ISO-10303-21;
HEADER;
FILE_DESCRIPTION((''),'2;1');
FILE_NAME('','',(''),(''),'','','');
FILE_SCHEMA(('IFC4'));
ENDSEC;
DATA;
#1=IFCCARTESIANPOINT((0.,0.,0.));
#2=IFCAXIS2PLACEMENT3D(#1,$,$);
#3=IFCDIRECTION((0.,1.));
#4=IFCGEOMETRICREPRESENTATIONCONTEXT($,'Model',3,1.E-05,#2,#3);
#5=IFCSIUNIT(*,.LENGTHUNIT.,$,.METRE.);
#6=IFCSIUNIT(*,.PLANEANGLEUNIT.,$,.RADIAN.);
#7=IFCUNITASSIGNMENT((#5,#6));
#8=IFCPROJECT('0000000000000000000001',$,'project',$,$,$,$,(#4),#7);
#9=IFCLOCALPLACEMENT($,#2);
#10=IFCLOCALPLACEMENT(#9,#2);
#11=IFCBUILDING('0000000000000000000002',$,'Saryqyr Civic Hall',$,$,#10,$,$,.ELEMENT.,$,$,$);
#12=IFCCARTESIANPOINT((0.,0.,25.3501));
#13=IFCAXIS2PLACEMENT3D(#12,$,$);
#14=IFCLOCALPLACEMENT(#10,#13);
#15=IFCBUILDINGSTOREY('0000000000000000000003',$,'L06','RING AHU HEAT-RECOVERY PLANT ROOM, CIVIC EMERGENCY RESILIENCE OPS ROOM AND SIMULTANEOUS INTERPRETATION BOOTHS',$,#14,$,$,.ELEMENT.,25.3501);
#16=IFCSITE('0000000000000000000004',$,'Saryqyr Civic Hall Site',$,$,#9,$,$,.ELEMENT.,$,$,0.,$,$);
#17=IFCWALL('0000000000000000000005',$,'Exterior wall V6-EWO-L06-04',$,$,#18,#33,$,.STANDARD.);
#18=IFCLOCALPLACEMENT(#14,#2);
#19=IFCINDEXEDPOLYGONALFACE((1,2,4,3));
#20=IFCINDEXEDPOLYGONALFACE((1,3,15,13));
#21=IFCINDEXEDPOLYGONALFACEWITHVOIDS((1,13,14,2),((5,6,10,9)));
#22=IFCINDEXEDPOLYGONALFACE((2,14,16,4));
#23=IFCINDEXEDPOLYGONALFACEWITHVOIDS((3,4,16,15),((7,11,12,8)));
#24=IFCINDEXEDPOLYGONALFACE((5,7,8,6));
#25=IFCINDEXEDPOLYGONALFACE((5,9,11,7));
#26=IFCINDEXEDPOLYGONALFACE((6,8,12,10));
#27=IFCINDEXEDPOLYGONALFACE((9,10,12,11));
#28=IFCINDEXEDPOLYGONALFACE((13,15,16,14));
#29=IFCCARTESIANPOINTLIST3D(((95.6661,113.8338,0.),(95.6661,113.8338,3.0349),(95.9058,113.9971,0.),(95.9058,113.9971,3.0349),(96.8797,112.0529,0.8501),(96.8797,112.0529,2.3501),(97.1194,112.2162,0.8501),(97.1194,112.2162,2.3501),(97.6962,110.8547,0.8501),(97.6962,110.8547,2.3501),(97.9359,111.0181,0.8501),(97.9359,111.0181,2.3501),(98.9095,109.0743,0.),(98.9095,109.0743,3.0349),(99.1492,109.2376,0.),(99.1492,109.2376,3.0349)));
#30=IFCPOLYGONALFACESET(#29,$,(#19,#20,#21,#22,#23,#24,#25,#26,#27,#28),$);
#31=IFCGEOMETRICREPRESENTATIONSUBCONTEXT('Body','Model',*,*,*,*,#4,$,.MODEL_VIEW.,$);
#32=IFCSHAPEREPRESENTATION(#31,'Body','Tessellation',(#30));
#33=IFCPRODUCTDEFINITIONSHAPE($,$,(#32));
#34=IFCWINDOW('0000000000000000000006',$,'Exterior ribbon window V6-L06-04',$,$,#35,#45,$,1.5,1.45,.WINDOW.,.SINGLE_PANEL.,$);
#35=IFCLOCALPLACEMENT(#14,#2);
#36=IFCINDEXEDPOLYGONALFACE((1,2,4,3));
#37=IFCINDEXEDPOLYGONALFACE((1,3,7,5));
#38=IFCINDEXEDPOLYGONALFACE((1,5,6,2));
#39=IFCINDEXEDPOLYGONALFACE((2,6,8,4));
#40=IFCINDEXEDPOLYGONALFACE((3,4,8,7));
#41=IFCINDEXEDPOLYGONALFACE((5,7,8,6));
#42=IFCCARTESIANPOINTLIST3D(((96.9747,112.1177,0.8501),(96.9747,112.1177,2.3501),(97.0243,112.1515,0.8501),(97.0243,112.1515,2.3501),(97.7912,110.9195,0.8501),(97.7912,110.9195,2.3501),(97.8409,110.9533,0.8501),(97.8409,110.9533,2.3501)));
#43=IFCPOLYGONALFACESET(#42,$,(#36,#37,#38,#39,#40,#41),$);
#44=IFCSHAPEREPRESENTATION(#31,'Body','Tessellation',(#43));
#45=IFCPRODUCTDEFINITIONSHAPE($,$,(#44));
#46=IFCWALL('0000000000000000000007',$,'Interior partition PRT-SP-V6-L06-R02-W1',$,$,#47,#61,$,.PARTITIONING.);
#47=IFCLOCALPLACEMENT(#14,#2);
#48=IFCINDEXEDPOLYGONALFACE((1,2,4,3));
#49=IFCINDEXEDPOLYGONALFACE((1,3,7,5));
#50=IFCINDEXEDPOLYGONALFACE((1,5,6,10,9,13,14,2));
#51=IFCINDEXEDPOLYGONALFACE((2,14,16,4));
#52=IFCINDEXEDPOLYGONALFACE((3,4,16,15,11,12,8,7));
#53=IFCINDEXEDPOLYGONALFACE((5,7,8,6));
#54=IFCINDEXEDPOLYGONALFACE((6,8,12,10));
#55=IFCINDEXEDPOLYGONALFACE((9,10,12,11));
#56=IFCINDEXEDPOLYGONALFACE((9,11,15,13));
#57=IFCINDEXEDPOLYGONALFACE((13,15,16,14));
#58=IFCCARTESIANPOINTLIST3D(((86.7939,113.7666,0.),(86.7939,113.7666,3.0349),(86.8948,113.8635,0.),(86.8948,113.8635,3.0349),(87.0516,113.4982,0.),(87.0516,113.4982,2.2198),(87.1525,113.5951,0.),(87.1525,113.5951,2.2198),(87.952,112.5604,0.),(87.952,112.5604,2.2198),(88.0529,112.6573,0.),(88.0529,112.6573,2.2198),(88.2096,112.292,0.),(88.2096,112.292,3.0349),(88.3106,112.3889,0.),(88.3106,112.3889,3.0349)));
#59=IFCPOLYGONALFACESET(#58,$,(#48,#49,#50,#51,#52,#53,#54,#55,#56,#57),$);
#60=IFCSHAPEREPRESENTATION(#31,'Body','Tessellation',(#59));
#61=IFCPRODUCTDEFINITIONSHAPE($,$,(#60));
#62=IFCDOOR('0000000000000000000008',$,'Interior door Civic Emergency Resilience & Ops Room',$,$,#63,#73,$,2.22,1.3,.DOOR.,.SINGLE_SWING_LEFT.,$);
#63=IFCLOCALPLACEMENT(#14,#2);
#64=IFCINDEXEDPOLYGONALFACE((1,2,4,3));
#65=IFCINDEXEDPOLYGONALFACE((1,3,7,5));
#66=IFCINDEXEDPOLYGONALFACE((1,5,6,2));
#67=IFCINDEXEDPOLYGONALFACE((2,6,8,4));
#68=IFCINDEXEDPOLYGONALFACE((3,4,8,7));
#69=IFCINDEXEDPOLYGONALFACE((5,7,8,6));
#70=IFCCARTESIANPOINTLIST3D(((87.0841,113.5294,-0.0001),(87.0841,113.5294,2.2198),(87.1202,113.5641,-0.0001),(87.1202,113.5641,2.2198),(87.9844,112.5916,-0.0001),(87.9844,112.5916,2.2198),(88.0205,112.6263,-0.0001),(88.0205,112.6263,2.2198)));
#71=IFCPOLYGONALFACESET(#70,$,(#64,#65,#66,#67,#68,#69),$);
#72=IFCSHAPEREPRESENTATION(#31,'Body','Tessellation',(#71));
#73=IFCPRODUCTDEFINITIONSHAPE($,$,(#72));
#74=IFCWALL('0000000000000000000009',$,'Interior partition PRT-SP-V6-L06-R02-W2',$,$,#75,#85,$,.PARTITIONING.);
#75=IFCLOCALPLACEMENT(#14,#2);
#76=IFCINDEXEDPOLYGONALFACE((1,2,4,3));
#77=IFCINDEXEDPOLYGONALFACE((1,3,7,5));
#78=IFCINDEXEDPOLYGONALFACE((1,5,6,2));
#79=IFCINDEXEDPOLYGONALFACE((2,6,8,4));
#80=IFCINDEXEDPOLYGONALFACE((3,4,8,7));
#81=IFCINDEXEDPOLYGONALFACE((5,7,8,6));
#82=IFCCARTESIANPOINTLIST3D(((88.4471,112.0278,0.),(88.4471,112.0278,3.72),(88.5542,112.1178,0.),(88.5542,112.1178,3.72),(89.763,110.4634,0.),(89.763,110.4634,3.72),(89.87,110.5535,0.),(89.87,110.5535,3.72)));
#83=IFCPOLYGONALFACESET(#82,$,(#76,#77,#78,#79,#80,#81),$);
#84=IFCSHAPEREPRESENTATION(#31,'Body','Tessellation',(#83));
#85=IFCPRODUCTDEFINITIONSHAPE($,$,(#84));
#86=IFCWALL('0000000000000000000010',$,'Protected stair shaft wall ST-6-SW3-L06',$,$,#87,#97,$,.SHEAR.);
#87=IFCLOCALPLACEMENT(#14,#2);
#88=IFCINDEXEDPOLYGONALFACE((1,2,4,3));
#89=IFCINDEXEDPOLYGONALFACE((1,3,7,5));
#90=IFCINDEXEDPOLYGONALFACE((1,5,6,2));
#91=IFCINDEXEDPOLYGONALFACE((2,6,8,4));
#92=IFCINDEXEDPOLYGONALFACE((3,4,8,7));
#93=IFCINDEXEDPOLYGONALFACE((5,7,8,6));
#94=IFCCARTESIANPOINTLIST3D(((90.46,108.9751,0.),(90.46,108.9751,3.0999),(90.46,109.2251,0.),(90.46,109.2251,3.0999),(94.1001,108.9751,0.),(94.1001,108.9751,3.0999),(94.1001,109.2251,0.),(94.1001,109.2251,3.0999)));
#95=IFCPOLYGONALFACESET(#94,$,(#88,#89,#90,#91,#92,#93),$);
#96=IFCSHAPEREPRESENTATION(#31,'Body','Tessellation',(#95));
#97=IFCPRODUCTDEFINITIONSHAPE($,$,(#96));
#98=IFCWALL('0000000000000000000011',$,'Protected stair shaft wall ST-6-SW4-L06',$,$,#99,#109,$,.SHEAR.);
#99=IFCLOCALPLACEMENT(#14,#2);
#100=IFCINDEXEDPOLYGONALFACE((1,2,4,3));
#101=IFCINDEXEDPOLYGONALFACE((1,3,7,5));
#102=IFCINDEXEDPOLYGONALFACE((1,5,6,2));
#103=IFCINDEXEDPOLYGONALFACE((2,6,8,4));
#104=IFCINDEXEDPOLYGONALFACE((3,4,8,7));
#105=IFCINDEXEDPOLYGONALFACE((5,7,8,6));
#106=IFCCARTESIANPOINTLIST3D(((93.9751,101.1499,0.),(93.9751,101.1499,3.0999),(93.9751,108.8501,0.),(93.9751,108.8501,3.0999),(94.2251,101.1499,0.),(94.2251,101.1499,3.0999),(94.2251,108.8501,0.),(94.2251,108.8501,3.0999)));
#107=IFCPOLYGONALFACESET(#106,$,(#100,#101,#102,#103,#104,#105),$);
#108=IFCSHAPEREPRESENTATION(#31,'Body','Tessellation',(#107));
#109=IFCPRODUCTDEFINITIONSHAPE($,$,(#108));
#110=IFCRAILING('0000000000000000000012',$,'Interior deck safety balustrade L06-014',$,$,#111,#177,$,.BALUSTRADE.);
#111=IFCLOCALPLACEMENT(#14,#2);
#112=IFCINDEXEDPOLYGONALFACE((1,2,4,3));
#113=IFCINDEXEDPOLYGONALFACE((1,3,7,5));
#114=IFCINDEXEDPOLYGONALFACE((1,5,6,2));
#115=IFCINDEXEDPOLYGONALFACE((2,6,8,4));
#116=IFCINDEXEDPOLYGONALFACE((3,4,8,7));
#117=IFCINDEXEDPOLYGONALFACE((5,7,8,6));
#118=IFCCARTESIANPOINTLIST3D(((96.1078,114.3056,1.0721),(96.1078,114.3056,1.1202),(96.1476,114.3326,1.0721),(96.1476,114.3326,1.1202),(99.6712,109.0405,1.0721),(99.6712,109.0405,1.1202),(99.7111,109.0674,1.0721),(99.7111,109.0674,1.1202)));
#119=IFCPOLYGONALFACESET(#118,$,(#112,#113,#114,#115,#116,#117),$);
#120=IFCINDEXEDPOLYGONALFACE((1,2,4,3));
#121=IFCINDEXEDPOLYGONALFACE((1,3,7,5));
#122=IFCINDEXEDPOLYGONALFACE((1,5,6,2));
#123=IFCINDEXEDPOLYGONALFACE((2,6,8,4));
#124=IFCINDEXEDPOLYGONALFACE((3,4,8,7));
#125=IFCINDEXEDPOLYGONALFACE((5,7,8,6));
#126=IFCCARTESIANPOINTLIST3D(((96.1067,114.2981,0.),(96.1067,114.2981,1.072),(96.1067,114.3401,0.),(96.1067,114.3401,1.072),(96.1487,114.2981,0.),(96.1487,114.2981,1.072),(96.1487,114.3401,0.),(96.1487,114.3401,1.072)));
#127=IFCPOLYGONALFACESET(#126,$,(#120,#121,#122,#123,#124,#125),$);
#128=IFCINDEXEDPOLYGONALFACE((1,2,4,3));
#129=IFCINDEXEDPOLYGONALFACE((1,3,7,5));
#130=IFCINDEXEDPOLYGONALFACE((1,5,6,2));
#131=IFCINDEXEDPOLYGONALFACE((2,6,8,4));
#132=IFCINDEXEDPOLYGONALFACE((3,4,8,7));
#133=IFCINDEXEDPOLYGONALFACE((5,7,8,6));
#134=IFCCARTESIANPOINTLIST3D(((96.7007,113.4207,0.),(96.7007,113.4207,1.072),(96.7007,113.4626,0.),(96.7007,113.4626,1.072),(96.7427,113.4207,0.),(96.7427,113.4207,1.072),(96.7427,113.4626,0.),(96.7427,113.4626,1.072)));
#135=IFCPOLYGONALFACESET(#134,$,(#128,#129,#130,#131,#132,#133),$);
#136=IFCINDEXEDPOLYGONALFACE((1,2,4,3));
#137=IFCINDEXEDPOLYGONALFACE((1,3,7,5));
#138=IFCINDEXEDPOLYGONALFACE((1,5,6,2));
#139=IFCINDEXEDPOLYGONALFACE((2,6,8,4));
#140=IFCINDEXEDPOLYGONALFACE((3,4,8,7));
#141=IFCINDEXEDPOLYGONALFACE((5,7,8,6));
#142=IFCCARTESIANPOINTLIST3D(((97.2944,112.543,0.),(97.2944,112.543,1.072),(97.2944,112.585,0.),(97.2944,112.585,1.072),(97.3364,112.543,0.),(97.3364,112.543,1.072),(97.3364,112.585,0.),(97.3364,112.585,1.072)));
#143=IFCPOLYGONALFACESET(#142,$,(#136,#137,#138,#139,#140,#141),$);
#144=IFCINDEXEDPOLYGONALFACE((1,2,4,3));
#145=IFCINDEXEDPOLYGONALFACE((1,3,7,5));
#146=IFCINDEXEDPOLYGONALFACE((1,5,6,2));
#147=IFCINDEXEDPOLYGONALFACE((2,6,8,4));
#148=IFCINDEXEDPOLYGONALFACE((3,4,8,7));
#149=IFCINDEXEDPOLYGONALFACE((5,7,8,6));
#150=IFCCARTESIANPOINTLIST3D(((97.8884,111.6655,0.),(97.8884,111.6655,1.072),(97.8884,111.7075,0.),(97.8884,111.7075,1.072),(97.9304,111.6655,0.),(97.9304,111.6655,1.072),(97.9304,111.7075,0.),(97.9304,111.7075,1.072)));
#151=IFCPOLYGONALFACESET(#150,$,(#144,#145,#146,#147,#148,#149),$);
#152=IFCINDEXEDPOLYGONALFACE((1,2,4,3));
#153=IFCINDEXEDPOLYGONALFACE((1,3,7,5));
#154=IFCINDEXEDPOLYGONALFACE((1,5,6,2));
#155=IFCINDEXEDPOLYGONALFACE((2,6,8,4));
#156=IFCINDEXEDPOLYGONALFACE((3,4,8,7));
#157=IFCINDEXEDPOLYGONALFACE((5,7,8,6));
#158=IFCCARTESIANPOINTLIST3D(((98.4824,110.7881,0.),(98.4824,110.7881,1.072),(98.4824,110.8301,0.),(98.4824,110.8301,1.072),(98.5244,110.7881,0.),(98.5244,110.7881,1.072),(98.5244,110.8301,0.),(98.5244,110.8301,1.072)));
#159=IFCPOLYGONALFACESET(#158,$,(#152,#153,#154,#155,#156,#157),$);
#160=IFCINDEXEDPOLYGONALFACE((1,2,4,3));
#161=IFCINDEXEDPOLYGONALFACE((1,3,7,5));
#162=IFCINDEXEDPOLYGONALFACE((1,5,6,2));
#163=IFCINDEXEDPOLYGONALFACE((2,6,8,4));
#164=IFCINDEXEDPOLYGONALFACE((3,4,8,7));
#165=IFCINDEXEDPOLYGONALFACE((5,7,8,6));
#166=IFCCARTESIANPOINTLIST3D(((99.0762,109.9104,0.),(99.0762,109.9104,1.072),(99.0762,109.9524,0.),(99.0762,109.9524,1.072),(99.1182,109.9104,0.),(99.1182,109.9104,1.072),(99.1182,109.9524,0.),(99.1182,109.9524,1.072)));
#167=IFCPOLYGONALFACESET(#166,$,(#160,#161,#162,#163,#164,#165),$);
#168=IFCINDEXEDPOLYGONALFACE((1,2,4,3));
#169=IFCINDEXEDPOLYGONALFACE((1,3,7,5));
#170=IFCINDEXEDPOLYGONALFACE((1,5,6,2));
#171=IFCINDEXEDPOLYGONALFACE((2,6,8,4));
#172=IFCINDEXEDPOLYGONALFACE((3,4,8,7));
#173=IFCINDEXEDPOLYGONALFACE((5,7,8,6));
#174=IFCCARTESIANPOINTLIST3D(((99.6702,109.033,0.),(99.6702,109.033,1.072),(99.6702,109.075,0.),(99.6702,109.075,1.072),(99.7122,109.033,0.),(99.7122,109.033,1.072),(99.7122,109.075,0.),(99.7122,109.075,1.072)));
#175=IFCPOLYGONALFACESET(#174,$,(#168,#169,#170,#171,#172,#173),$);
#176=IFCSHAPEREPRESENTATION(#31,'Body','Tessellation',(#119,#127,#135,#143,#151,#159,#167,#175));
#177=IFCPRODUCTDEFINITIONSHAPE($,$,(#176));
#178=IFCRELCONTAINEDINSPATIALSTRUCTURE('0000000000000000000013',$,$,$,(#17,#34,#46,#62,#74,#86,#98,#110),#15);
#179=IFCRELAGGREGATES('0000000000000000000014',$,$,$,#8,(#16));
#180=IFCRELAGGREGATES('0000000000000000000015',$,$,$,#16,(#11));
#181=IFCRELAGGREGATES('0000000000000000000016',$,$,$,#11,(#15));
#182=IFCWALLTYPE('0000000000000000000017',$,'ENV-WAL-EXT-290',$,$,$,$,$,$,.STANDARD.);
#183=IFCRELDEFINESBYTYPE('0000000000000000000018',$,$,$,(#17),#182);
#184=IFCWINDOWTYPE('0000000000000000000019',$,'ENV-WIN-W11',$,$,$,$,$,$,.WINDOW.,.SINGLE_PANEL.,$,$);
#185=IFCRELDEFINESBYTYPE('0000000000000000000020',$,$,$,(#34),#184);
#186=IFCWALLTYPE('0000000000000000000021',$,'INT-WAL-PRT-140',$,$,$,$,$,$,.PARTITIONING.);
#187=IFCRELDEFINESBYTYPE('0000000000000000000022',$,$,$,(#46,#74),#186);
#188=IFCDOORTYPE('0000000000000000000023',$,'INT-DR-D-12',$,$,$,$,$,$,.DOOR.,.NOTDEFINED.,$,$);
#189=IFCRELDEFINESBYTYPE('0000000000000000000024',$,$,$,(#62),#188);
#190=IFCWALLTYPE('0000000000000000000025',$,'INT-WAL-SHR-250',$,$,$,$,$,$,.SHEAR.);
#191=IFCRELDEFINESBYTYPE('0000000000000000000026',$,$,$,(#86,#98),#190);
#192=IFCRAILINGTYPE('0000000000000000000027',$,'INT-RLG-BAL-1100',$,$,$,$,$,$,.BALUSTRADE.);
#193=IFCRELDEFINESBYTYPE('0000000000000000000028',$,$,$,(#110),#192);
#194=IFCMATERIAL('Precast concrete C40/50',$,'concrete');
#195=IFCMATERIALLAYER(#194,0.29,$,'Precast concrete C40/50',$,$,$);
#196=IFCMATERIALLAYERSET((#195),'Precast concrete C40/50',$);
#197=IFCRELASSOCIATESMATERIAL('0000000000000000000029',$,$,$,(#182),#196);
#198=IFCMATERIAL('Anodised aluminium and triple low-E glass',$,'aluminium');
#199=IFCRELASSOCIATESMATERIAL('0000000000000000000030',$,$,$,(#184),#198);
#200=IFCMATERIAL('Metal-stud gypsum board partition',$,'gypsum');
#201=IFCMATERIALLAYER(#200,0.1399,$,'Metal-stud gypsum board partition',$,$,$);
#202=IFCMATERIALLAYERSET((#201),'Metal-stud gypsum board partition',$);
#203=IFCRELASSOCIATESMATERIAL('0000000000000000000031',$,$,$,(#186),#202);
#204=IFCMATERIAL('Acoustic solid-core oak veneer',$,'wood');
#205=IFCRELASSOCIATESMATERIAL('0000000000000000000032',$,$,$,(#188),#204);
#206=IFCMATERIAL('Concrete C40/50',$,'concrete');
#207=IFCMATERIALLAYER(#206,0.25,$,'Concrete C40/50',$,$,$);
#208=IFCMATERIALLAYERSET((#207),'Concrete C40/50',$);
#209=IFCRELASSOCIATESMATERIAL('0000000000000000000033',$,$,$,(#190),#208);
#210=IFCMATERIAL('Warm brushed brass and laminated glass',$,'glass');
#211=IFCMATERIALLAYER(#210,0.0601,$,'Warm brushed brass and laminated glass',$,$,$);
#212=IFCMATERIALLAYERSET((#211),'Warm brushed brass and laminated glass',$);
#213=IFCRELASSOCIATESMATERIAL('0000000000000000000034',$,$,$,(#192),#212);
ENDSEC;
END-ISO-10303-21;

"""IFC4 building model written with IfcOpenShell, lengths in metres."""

from ifc_helpers import new_model, si_unit, direction, frame, frame_2d, origin, origin_2d, place, context, subcontext, project, spatial, rectangle, extrude, material, layer, layer_set, type_object, element, fill, save


model = new_model("IFC4")

# Units and contexts
model_context = context("Model", 3, precision=1e-05, world=origin(), true_north=direction((0.0, 1.0)))
body_context = subcontext(model_context, "Body", "Model", "MODEL_VIEW")
ifc_project = project(units=[si_unit("LENGTHUNIT", "METRE"), si_unit("PLANEANGLEUNIT", "RADIAN")], contexts=[model_context])

# Site, building, storey
site_placement = place(None, origin())
site = spatial("IfcSite", under=ifc_project, at=site_placement, Name="Saryqyr Civic Hall Site", CompositionType="ELEMENT", RefElevation=0.0)
building_placement = place(site_placement, origin())
building = spatial("IfcBuilding", under=site, at=building_placement, Name="Saryqyr Civic Hall", CompositionType="ELEMENT")
storey_placement = place(building_placement, frame((0.0, 0.0, 25.3501)))
storey = spatial("IfcBuildingStorey", under=building, at=storey_placement, Name="L06", Description="RING AHU HEAT-RECOVERY PLANT ROOM, CIVIC EMERGENCY RESILIENCE OPS ROOM AND SIMULTANEOUS INTERPRETATION BOOTHS", CompositionType="ELEMENT", Elevation=25.3501)

# Shared definitions
ifc_material_1 = material(Name="Concrete C40/50", Category="concrete")

# Shared definitions
ifc_material_2 = material(Name="Anodised aluminium and triple low-E glass", Category="aluminium")

# Wall, opening, window
ifc_material_3 = material(Name="Precast concrete C40/50", Category="concrete")
ifc_layer_1 = layer(ifc_material_3, 0.29, Name="Precast concrete C40/50")
ifc_layer_set_1 = layer_set([ifc_layer_1], Name="Precast concrete C40/50")
wall_type_1 = type_object("IfcWallType", Name="ENV-WAL-EXT-290", PredefinedType="STANDARD", material=ifc_layer_set_1)
wall_1_placement = place(storey_placement, frame((95.7859, 113.9155, 0.0), z_axis=(0.0, 0.0, 1.0), x_axis=(0.563133, -0.826366, 0.0)))
wall_1 = element("IfcWall", 1, at=wall_1_placement, inside=storey, type_object=wall_type_1, Name="Exterior wall V6-EWO-L06-04", PredefinedType="STANDARD", context=body_context, shape_type="SweptSolid", body=[
    extrude(rectangle(XDim=5.7595, YDim=0.29, at=frame_2d((2.8799, 0.0))), origin(), (0.0, 0.0, 1.0), 3.0349),
])
opening_1_placement = place(wall_1_placement, frame((2.155, 0.0, 0.8501)))
opening_1 = element("IfcOpeningElement", 2, at=opening_1_placement, cuts=wall_1, PredefinedType="OPENING", context=body_context, shape_type="SweptSolid", body=[
    extrude(rectangle(XDim=1.45, YDim=1.5, at=frame_2d((0.7251, 0.75))), frame((0.0, 0.155, 0.0), z_axis=(0.0, -1.0, 0.0), x_axis=(1.0, 0.0, 0.0)), (0.0, 0.0, 1.0), 0.3101),
])
window_type = type_object("IfcWindowType", Name="ENV-WIN-W11", PartitioningType="SINGLE_PANEL", PredefinedType="WINDOW", material=ifc_material_2)
window_placement = place(opening_1_placement, origin())
window = element("IfcWindow", 3, at=window_placement, inside=storey, type_object=window_type, Name="Exterior ribbon window V6-L06-04", OverallHeight=1.5, OverallWidth=1.45, PartitioningType="SINGLE_PANEL", PredefinedType="WINDOW", context=body_context, shape_type="SweptSolid", body=[
    extrude(rectangle(XDim=1.45, YDim=1.5, at=frame_2d((0.7251, 0.75))), frame((0.0, 0.03, 0.0), z_axis=(0.0, -1.0, 0.0), x_axis=(1.0, 0.0, 0.0)), (0.0, 0.0, 1.0), 0.0601),
])
fill(opening_1, window)

# Wall, opening, door
ifc_material_4 = material(Name="Metal-stud gypsum board partition", Category="gypsum")
ifc_layer_2 = layer(ifc_material_4, 0.1399, Name="Metal-stud gypsum board partition")
ifc_layer_set_2 = layer_set([ifc_layer_2], Name="Metal-stud gypsum board partition")
wall_type_2 = type_object("IfcWallType", Name="INT-WAL-PRT-140", PredefinedType="PARTITIONING", material=ifc_layer_set_2)
wall_2_placement = place(storey_placement, frame((88.26, 112.3406, 0.0), z_axis=(0.0, 0.0, 1.0), x_axis=(-0.692569, 0.721352, 0.0)))
wall_2 = element("IfcWall", 4, at=wall_2_placement, inside=storey, type_object=wall_type_2, Name="Interior partition PRT-SP-V6-L06-R02-W1", PredefinedType="PARTITIONING", context=body_context, shape_type="SweptSolid", body=[
    extrude(rectangle(XDim=2.0442, YDim=0.1399, at=frame_2d((1.022, 0.0))), origin(), (0.0, 0.0, 1.0), 3.0349),
])
opening_2_placement = place(wall_2_placement, frame((0.3721, 0.0, 0.0)))
opening_2 = element("IfcOpeningElement", 5, at=opening_2_placement, cuts=wall_2, PredefinedType="OPENING", context=body_context, shape_type="SweptSolid", body=[
    extrude(rectangle(XDim=1.3, YDim=2.22, at=frame_2d((0.6499, 1.1099))), frame((0.0, 0.0798, 0.0), z_axis=(0.0, -1.0, 0.0), x_axis=(1.0, 0.0, 0.0)), (0.0, 0.0, 1.0), 0.1599),
])
ifc_material_5 = material(Name="Acoustic solid-core oak veneer", Category="wood")
door_type = type_object("IfcDoorType", Name="INT-DR-D-12", OperationType="NOTDEFINED", PredefinedType="DOOR", material=ifc_material_5)
door_placement = place(opening_2_placement, origin())
door = element("IfcDoor", 6, at=door_placement, inside=storey, type_object=door_type, Name="Interior door Civic Emergency Resilience & Ops Room", OperationType="SINGLE_SWING_LEFT", OverallHeight=2.22, OverallWidth=1.3, PredefinedType="DOOR", context=body_context, shape_type="SweptSolid", body=[
    extrude(rectangle(XDim=1.3, YDim=2.22, at=frame_2d((0.6499, 1.1099))), frame((0.0, 0.0249, 0.0), z_axis=(0.0, -1.0, 0.0), x_axis=(1.0, 0.0, 0.0)), (0.0, 0.0, 1.0), 0.05),
])
fill(opening_2, door)

# Walls
wall_3_placement = place(storey_placement, frame((89.8164, 110.5085, 0.0), z_axis=(0.0, 0.0, 1.0), x_axis=(-0.643702, 0.765277, 0.0)))
element("IfcWall", 7, at=wall_3_placement, inside=storey, type_object=wall_type_2, Name="Interior partition PRT-SP-V6-L06-R02-W2", PredefinedType="PARTITIONING", context=body_context, shape_type="SweptSolid", body=[
    extrude(rectangle(XDim=2.0442, YDim=0.1399, at=frame_2d((1.022, 0.0))), origin(), (0.0, 0.0, 1.0), 3.72),
])
ifc_layer_3 = layer(ifc_material_1, 0.25, Name="Concrete C40/50")
ifc_layer_set_3 = layer_set([ifc_layer_3], Name="Concrete C40/50")
wall_type_3 = type_object("IfcWallType", Name="INT-WAL-SHR-250", PredefinedType="SHEAR", material=ifc_layer_set_3)
wall_4_placement = place(storey_placement, frame((90.46, 109.1001, 0.0), z_axis=(0.0, 0.0, 1.0), x_axis=(1.0, 0.0, 0.0)))
element("IfcWall", 8, at=wall_4_placement, inside=storey, type_object=wall_type_3, Name="Protected stair shaft wall ST-6-SW3-L06", PredefinedType="SHEAR", context=body_context, shape_type="SweptSolid", body=[
    extrude(rectangle(XDim=3.6401, YDim=0.25, at=frame_2d((1.8201, 0.0))), origin(), (0.0, 0.0, 1.0), 3.0999),
])
wall_5_placement = place(storey_placement, frame((94.1001, 108.8501, 0.0), z_axis=(0.0, 0.0, 1.0), x_axis=(0.0, -1.0, 0.0)))
element("IfcWall", 9, at=wall_5_placement, inside=storey, type_object=wall_type_3, Name="Protected stair shaft wall ST-6-SW4-L06", PredefinedType="SHEAR", context=body_context, shape_type="SweptSolid", body=[
    extrude(rectangle(XDim=7.7002, YDim=0.25, at=frame_2d((3.8501, 0.0))), origin(), (0.0, 0.0, 1.0), 3.0999),
])

# Railing
ifc_material_6 = material(Name="Warm brushed brass and laminated glass", Category="glass")
ifc_layer_4 = layer(ifc_material_6, 0.0601, Name="Warm brushed brass and laminated glass")
ifc_layer_set_4 = layer_set([ifc_layer_4], Name="Warm brushed brass and laminated glass")
railing_type = type_object("IfcRailingType", Name="INT-RLG-BAL-1100", PredefinedType="BALUSTRADE", material=ifc_layer_set_4)
railing_1_placement = place(storey_placement, frame((96.1277, 114.3191, 0.0)))
element("IfcRailing", 10, at=railing_1_placement, inside=storey, type_object=railing_type, Name="Interior deck safety balustrade L06-014", PredefinedType="BALUSTRADE", context=body_context, shape_type="SweptSolid", body=[
    extrude(rectangle(XDim=0.0481, YDim=0.0481, at=origin_2d()), frame((0.0, 0.0, 1.0962), z_axis=(0.5605, -0.828154, 0.0), x_axis=(0.828154, 0.5605, 0.0)), (0.0, 0.0, 1.0), 6.3577),
    extrude(rectangle(XDim=0.042, YDim=0.042, at=origin_2d()), origin(), (0.0, 0.0, 1.0), 1.072),
    extrude(rectangle(XDim=0.042, YDim=0.042, at=origin_2d()), frame((0.594, -0.8774, 0.0)), (0.0, 0.0, 1.0), 1.072),
    extrude(rectangle(XDim=0.042, YDim=0.042, at=origin_2d()), frame((1.1877, -1.7551, 0.0)), (0.0, 0.0, 1.0), 1.072),
    extrude(rectangle(XDim=0.042, YDim=0.042, at=origin_2d()), frame((1.7817, -2.6326, 0.0)), (0.0, 0.0, 1.0), 1.072),
    extrude(rectangle(XDim=0.042, YDim=0.042, at=origin_2d()), frame((2.3757, -3.51, 0.0)), (0.0, 0.0, 1.0), 1.072),
    extrude(rectangle(XDim=0.042, YDim=0.042, at=origin_2d()), frame((2.9695, -4.3877, 0.0)), (0.0, 0.0, 1.0), 1.072),
    extrude(rectangle(XDim=0.042, YDim=0.042, at=origin_2d()), frame((3.5635, -5.2651, 0.0)), (0.0, 0.0, 1.0), 1.072),
])

save(model, "model.ifc")
